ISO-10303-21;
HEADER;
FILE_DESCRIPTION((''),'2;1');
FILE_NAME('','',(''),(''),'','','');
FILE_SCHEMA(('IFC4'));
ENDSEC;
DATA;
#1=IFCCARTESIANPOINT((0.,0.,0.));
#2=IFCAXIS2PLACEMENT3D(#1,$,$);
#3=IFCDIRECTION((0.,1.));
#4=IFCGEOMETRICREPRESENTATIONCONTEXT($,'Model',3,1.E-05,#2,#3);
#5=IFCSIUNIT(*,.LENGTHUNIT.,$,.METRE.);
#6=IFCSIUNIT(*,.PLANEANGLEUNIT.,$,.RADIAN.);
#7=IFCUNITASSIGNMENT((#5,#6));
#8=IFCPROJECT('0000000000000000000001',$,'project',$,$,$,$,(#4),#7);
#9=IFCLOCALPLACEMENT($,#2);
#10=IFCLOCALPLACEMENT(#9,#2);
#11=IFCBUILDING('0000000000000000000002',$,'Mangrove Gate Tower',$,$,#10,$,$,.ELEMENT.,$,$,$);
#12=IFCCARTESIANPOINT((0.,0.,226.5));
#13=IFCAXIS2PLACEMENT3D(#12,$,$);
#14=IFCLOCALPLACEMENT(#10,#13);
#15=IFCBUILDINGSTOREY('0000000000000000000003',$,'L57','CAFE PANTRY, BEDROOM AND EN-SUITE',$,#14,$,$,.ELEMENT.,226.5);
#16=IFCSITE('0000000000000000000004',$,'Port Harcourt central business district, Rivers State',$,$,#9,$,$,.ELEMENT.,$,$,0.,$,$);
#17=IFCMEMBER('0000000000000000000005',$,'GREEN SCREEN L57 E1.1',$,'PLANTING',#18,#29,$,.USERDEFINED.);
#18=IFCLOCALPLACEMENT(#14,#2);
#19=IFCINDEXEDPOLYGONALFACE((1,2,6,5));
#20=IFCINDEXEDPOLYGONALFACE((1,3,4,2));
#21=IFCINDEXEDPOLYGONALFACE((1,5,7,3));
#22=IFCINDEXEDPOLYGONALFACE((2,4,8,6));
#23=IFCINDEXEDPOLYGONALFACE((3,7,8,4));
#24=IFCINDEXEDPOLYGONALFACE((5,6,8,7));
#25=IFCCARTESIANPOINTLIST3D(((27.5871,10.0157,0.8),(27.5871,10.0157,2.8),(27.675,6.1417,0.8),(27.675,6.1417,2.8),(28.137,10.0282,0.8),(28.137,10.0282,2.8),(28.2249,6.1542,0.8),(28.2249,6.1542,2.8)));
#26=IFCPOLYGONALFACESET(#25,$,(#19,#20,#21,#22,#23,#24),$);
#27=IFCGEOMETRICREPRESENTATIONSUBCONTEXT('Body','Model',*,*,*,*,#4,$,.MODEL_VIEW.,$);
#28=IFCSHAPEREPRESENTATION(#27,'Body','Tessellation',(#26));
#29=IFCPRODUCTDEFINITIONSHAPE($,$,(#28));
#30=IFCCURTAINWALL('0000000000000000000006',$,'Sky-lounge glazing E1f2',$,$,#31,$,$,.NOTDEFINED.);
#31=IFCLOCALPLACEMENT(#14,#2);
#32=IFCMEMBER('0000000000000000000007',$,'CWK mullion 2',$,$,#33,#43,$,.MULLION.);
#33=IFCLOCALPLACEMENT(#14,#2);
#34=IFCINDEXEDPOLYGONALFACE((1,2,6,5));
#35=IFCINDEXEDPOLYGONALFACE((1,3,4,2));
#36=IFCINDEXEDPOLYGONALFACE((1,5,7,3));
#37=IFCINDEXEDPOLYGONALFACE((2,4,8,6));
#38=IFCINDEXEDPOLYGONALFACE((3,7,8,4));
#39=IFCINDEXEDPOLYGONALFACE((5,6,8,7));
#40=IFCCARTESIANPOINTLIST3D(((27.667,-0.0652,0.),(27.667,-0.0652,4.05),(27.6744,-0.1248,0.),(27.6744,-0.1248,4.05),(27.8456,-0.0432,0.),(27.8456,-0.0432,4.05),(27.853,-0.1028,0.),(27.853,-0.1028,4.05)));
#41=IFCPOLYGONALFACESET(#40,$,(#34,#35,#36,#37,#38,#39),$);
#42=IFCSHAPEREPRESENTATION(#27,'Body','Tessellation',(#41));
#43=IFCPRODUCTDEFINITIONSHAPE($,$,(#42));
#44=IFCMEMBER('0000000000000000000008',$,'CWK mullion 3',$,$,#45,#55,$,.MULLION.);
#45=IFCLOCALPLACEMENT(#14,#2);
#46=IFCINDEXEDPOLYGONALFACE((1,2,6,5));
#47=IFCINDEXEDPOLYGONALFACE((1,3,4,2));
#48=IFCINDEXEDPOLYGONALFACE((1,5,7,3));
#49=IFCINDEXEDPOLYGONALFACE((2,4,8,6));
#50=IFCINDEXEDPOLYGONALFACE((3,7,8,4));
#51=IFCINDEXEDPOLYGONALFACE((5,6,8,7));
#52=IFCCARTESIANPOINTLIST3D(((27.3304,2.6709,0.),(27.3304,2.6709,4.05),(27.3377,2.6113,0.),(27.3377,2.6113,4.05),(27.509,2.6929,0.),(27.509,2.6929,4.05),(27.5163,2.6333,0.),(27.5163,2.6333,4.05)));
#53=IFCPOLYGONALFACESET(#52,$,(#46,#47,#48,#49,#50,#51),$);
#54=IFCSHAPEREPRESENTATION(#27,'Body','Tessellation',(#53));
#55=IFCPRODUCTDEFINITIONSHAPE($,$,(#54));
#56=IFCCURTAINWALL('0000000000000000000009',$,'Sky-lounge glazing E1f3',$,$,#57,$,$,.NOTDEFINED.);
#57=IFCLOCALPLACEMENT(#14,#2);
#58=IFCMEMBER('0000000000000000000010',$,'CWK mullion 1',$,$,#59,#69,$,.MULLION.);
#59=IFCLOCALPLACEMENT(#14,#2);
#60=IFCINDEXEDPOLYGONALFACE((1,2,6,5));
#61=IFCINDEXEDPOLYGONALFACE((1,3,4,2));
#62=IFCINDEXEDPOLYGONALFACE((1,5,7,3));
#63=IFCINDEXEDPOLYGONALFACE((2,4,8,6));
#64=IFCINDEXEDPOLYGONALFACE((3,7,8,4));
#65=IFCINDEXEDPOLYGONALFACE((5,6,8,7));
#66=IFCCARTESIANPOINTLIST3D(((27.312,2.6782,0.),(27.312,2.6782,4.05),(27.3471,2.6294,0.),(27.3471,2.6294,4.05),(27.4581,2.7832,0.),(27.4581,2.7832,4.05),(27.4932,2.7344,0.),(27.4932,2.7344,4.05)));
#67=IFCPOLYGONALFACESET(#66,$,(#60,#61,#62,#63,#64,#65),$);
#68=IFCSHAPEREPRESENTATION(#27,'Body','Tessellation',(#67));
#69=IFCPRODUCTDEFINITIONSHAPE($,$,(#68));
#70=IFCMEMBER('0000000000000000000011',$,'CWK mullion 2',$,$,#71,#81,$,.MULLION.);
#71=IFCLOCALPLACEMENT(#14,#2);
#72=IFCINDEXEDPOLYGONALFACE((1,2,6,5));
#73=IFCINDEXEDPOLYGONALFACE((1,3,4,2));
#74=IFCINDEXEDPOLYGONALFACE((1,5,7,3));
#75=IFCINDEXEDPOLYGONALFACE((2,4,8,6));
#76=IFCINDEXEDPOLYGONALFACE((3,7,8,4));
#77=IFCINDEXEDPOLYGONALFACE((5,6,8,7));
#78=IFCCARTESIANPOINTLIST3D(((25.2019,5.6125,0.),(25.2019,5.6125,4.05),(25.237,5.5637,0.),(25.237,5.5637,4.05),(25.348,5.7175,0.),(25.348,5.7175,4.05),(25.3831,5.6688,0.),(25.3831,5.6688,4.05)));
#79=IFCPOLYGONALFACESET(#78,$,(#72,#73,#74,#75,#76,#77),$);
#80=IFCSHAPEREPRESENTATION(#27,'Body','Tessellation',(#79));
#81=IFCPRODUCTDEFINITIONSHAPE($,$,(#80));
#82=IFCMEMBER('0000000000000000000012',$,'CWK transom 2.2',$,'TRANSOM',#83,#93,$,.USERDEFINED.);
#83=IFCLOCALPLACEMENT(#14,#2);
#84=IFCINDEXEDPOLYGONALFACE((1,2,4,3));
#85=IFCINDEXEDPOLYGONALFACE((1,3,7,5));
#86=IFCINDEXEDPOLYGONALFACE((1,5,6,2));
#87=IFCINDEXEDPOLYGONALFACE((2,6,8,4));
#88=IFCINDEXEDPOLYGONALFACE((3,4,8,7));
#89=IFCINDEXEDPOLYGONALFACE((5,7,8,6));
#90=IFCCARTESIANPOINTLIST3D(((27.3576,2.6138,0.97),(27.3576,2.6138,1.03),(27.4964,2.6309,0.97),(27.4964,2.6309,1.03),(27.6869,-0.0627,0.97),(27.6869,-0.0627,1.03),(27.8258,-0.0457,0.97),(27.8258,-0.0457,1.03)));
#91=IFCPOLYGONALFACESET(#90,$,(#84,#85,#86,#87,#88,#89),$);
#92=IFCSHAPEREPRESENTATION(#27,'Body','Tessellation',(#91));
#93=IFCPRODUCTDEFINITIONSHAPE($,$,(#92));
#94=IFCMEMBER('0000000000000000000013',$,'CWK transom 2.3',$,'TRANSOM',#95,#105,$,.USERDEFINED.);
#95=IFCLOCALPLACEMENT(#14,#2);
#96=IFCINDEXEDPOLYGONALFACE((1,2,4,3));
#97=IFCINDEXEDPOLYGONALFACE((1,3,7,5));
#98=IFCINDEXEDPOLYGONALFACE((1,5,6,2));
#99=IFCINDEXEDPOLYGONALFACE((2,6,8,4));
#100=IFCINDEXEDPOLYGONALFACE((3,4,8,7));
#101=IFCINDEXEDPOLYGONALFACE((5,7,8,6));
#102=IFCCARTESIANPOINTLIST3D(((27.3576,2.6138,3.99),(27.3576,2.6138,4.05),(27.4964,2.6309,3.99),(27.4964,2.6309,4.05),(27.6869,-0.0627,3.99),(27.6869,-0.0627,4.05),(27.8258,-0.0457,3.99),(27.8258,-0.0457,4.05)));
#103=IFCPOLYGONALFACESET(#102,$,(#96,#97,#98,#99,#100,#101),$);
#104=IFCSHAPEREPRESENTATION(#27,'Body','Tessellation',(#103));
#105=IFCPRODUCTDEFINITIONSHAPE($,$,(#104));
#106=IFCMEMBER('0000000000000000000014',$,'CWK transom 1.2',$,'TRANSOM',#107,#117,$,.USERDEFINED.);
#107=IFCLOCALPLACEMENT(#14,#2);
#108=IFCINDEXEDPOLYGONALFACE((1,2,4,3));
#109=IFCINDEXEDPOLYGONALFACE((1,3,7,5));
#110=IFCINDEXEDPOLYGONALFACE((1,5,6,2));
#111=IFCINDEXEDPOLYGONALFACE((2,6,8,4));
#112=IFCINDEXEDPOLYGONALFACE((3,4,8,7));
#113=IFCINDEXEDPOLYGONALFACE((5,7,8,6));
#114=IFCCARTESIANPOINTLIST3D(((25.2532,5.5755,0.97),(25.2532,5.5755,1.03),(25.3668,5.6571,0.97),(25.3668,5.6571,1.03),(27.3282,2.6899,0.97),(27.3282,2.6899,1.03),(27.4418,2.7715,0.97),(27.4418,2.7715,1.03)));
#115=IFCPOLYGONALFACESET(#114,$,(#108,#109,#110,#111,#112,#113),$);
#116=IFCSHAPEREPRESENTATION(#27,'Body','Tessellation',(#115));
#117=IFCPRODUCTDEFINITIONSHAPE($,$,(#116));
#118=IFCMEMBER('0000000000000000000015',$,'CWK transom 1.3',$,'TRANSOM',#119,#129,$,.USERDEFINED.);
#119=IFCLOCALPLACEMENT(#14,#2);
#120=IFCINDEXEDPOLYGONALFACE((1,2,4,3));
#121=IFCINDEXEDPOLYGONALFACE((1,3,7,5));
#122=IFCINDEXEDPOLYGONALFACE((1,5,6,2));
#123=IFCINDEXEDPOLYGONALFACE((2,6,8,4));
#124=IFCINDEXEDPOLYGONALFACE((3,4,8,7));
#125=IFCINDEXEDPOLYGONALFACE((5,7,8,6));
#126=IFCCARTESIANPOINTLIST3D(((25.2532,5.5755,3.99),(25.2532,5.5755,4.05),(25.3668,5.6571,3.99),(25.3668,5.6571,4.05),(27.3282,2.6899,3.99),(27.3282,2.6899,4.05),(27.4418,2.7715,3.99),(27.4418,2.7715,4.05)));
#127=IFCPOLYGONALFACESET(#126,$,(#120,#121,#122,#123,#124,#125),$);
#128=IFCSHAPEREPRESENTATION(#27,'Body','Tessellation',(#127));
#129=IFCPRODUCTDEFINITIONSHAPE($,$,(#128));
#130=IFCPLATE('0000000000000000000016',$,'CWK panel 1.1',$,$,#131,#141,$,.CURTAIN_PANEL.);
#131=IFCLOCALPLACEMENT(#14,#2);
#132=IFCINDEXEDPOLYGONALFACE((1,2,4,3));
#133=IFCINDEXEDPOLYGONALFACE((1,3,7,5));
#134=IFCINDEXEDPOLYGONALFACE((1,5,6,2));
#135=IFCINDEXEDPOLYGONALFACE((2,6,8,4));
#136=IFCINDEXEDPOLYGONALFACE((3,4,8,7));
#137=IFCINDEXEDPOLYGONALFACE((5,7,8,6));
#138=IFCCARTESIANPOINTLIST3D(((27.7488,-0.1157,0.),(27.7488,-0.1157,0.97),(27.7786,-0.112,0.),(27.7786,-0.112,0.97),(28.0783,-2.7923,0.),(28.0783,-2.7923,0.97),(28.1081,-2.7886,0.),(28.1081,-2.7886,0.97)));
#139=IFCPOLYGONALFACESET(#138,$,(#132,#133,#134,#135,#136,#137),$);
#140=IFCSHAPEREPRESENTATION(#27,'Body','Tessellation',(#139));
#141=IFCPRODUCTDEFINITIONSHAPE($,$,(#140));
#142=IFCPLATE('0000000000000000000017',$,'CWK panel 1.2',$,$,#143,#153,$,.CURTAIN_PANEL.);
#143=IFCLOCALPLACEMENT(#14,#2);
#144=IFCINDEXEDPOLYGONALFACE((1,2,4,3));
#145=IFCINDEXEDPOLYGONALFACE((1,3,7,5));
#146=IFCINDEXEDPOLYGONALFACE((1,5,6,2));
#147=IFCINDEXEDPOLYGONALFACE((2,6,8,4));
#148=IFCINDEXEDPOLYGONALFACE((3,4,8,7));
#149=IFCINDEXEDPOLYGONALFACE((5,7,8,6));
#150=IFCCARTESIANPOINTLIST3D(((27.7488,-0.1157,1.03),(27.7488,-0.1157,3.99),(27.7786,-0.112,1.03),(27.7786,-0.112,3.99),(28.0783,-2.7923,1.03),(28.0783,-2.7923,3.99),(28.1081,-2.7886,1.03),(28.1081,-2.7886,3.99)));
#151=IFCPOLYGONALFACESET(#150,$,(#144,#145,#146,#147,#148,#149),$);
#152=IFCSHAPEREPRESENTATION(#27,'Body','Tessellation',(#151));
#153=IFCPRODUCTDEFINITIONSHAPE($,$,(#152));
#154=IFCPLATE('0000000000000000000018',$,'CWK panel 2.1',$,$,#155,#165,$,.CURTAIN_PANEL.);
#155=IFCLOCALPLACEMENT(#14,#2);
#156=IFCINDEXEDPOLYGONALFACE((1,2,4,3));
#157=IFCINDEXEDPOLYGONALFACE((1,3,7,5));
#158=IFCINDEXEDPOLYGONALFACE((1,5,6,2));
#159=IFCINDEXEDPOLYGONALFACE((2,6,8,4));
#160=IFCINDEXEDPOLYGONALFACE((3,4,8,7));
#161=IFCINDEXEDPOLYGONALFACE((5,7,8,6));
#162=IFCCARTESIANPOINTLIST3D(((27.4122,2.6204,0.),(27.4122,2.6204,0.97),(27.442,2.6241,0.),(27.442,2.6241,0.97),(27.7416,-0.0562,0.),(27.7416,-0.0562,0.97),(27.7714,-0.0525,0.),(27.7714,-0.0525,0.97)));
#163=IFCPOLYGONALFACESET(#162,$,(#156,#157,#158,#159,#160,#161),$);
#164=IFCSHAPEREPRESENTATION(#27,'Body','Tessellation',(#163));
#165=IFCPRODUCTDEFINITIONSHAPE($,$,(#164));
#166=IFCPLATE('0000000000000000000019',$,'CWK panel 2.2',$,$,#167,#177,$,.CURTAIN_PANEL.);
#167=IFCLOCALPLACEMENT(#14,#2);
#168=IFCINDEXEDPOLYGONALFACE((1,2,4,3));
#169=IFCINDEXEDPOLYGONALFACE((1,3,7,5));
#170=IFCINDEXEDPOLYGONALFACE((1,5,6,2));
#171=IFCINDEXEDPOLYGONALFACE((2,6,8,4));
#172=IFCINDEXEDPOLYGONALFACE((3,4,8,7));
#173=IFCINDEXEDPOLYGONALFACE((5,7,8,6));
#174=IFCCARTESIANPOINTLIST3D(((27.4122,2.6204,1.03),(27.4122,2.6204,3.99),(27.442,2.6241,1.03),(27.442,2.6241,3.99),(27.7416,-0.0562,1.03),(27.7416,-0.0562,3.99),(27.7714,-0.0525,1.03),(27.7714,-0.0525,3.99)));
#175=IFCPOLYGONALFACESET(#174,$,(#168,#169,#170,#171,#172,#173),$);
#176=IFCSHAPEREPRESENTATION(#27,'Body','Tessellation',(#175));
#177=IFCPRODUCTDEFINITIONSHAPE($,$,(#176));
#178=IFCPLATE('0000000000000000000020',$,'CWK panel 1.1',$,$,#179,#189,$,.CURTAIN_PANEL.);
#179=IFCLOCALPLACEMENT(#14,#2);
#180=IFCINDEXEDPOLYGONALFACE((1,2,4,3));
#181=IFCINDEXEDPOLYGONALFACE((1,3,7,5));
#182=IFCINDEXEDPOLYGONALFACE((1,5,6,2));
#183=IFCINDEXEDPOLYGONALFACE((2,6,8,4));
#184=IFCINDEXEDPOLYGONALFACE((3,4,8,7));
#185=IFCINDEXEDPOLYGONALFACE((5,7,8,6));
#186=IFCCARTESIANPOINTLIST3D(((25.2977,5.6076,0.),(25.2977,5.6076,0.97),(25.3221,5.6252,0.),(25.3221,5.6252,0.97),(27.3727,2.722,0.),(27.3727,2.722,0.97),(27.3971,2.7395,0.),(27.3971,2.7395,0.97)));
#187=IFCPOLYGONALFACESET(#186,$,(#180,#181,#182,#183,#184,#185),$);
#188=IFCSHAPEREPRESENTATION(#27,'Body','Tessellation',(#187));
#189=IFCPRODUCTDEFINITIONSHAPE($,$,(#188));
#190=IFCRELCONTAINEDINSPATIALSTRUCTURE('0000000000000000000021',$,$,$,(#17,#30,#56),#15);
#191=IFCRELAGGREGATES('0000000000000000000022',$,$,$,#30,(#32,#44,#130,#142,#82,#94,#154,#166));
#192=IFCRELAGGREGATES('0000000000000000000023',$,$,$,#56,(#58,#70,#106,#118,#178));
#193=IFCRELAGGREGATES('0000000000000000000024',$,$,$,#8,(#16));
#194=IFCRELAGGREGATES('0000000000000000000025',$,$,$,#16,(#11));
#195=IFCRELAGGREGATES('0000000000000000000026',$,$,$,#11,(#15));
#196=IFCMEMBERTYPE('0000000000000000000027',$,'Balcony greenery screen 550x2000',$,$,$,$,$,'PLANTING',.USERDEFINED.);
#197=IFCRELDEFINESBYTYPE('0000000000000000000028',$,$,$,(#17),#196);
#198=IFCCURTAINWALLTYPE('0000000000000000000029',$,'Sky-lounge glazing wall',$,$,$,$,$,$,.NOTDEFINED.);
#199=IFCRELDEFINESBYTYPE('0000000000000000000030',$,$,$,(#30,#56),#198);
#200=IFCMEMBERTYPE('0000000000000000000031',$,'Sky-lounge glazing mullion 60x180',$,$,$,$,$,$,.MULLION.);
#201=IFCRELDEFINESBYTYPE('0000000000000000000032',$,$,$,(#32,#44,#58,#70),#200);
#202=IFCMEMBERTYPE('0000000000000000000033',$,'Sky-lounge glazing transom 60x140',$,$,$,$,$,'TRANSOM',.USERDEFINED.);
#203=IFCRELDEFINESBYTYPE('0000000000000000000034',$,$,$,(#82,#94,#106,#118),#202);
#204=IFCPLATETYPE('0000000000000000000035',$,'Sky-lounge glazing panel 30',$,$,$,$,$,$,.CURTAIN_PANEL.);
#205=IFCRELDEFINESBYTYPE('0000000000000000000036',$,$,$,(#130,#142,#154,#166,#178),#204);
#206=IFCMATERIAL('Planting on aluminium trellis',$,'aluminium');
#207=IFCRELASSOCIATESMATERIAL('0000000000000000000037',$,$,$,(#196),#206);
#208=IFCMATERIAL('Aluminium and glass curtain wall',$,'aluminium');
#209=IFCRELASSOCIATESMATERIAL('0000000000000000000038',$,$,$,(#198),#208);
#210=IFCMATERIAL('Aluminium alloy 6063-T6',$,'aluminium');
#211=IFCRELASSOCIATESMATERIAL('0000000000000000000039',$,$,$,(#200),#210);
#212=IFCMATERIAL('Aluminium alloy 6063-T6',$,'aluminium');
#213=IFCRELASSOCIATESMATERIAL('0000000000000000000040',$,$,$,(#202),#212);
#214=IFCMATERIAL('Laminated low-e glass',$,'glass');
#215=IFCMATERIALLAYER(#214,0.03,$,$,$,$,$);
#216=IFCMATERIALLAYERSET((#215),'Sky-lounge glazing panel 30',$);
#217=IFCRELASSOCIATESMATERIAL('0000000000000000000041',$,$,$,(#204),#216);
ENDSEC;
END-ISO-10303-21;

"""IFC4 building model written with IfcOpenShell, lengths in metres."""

from ifc_helpers import new_model, si_unit, direction, frame, origin, origin_2d, place, context, subcontext, project, spatial, rectangle, extrude, material, layer, layer_set, material_profile, profile_set, type_object, element, aggregate, save


model = new_model("IFC4")

# Units and contexts
model_context = context("Model", 3, precision=1e-05, world=origin(), true_north=direction((0.0, 1.0)))
body_context = subcontext(model_context, "Body", "Model", "MODEL_VIEW")
ifc_project = project(units=[si_unit("LENGTHUNIT", "METRE"), si_unit("PLANEANGLEUNIT", "RADIAN")], contexts=[model_context])

# Site, building, storey
site_placement = place(None, origin())
site = spatial("IfcSite", under=ifc_project, at=site_placement, Name="Port Harcourt central business district, Rivers State", CompositionType="ELEMENT", RefElevation=0.0)
building_placement = place(site_placement, origin())
building = spatial("IfcBuilding", under=site, at=building_placement, Name="Mangrove Gate Tower", CompositionType="ELEMENT")
storey_placement = place(building_placement, frame((0.0, 0.0, 226.5)))
storey = spatial("IfcBuildingStorey", under=building, at=storey_placement, Name="L57", Description="CAFE PANTRY, BEDROOM AND EN-SUITE", CompositionType="ELEMENT", Elevation=226.5)

# Member
ifc_material_1 = material(Name="Planting on aluminium trellis", Category="aluminium")
ifc_material_profile_1 = material_profile(ifc_material_1, rectangle(XDim=0.55, YDim=2.0, at=origin_2d()))
ifc_profile_set_1 = profile_set([ifc_material_profile_1], Name="Planting on aluminium trellis")
member_type_1 = type_object("IfcMemberType", Name="Balcony greenery screen 550x2000", ElementType="PLANTING", PredefinedType="USERDEFINED", material=ifc_profile_set_1)
member_1_placement = place(storey_placement, frame((27.95, 6.1479, 1.8), z_axis=(-0.022681, 0.999743, 0.0), x_axis=(-0.999743, -0.022681, 0.0)))
element("IfcMember", 1, at=member_1_placement, inside=storey, type_object=member_type_1, Name="GREEN SCREEN L57 E1.1", ObjectType="PLANTING", PredefinedType="USERDEFINED", context=body_context, shape_type="SweptSolid", body=[
    extrude(rectangle(XDim=0.55, YDim=2.0, at=origin_2d()), origin(), (0.0, 0.0, 1.0), 3.875),
])

# Curtain walls, members
ifc_material_2 = material(Name="Aluminium and glass curtain wall", Category="aluminium")
curtain_wall_type = type_object("IfcCurtainWallType", Name="Sky-lounge glazing wall", PredefinedType="NOTDEFINED", material=ifc_material_2)
curtain_wall_1_placement = place(storey_placement, origin())
curtain_wall_1 = element("IfcCurtainWall", 2, at=curtain_wall_1_placement, inside=storey, type_object=curtain_wall_type, Name="Sky-lounge glazing E1f2", PredefinedType="NOTDEFINED")
ifc_material_3 = material(Name="Aluminium alloy 6063-T6", Category="aluminium")
ifc_material_profile_2 = material_profile(ifc_material_3, rectangle(XDim=0.0601, YDim=0.1799, at=origin_2d()))
ifc_profile_set_2 = profile_set([ifc_material_profile_2], Name="Aluminium alloy 6063-T6")
member_type_2 = type_object("IfcMemberType", Name="Sky-lounge glazing mullion 60x180", PredefinedType="MULLION", material=ifc_profile_set_2)
member_2_placement = place(storey_placement, frame((27.76, -0.084, 0.0), z_axis=(0.0, 0.0, 1.0), x_axis=(-0.122172, 0.992509, 0.0)))
member_2 = element("IfcMember", 3, at=member_2_placement, type_object=member_type_2, Name="CWK mullion 2", PredefinedType="MULLION", context=body_context, shape_type="SweptSolid", body=[
    extrude(rectangle(XDim=0.0601, YDim=0.1799, at=origin_2d()), origin(), (0.0, 0.0, 1.0), 4.05),
])
member_3_placement = place(storey_placement, frame((27.4233, 2.6521, 0.0), z_axis=(0.0, 0.0, 1.0), x_axis=(-0.122172, 0.992509, 0.0)))
member_3 = element("IfcMember", 4, at=member_3_placement, type_object=member_type_2, Name="CWK mullion 3", PredefinedType="MULLION", context=body_context, shape_type="SweptSolid", body=[
    extrude(rectangle(XDim=0.0601, YDim=0.1799, at=origin_2d()), origin(), (0.0, 0.0, 1.0), 4.05),
])
curtain_wall_2_placement = place(storey_placement, origin())
curtain_wall_2 = element("IfcCurtainWall", 5, at=curtain_wall_2_placement, inside=storey, type_object=curtain_wall_type, Name="Sky-lounge glazing E1f3", PredefinedType="NOTDEFINED")
member_4_placement = place(storey_placement, frame((27.4026, 2.7063, 0.0), z_axis=(0.0, 0.0, 1.0), x_axis=(-0.58381, 0.81189, 0.0)))
member_4 = element("IfcMember", 6, at=member_4_placement, type_object=member_type_2, Name="CWK mullion 1", PredefinedType="MULLION", context=body_context, shape_type="SweptSolid", body=[
    extrude(rectangle(XDim=0.0601, YDim=0.1799, at=origin_2d()), origin(), (0.0, 0.0, 1.0), 4.05),
])
member_5_placement = place(storey_placement, frame((25.2925, 5.6406, 0.0), z_axis=(0.0, 0.0, 1.0), x_axis=(-0.58381, 0.81189, 0.0)))
member_5 = element("IfcMember", 7, at=member_5_placement, type_object=member_type_2, Name="CWK mullion 2", PredefinedType="MULLION", context=body_context, shape_type="SweptSolid", body=[
    extrude(rectangle(XDim=0.0601, YDim=0.1799, at=origin_2d()), origin(), (0.0, 0.0, 1.0), 4.05),
])

# Members
ifc_material_4 = material(Name="Aluminium alloy 6063-T6", Category="aluminium")
ifc_material_profile_3 = material_profile(ifc_material_4, rectangle(XDim=0.0601, YDim=0.1399, at=origin_2d()))
ifc_profile_set_3 = profile_set([ifc_material_profile_3], Name="Aluminium alloy 6063-T6")
member_type_3 = type_object("IfcMemberType", Name="Sky-lounge glazing transom 60x140", ElementType="TRANSOM", PredefinedType="USERDEFINED", material=ifc_profile_set_3)
member_6_placement = place(storey_placement, frame((27.7563, -0.0542, 1.0), z_axis=(-0.122129, 0.992514, 0.0), x_axis=(0.0, 0.0, 1.0)))
member_6 = element("IfcMember", 8, at=member_6_placement, type_object=member_type_3, Name="CWK transom 2.2", ObjectType="TRANSOM", PredefinedType="USERDEFINED", context=body_context, shape_type="SweptSolid", body=[
    extrude(rectangle(XDim=0.0601, YDim=0.1399, at=origin_2d()), origin(), (0.0, 0.0, 1.0), 2.6968),
])
member_7_placement = place(storey_placement, frame((27.7563, -0.0542, 4.02), z_axis=(-0.122129, 0.992514, 0.0), x_axis=(0.0, 0.0, 1.0)))
member_7 = element("IfcMember", 9, at=member_7_placement, type_object=member_type_3, Name="CWK transom 2.3", ObjectType="TRANSOM", PredefinedType="USERDEFINED", context=body_context, shape_type="SweptSolid", body=[
    extrude(rectangle(XDim=0.0601, YDim=0.1399, at=origin_2d()), origin(), (0.0, 0.0, 1.0), 2.6968),
])
member_8_placement = place(storey_placement, frame((27.385, 2.7307, 1.0), z_axis=(-0.583821, 0.811882, 0.0), x_axis=(0.0, 0.0, 1.0)))
member_8 = element("IfcMember", 10, at=member_8_placement, type_object=member_type_3, Name="CWK transom 1.2", ObjectType="TRANSOM", PredefinedType="USERDEFINED", context=body_context, shape_type="SweptSolid", body=[
    extrude(rectangle(XDim=0.0601, YDim=0.1399, at=origin_2d()), origin(), (0.0, 0.0, 1.0), 3.5542),
])
member_9_placement = place(storey_placement, frame((27.385, 2.7307, 4.02), z_axis=(-0.583821, 0.811882, 0.0), x_axis=(0.0, 0.0, 1.0)))
member_9 = element("IfcMember", 11, at=member_9_placement, type_object=member_type_3, Name="CWK transom 1.3", ObjectType="TRANSOM", PredefinedType="USERDEFINED", context=body_context, shape_type="SweptSolid", body=[
    extrude(rectangle(XDim=0.0601, YDim=0.1399, at=origin_2d()), origin(), (0.0, 0.0, 1.0), 3.5542),
])

# Plates
ifc_material_5 = material(Name="Laminated low-e glass", Category="glass")
ifc_layer_1 = layer(ifc_material_5, 0.03)
ifc_layer_set_1 = layer_set([ifc_layer_1], Name="Sky-lounge glazing panel 30")
plate_type = type_object("IfcPlateType", Name="Sky-lounge glazing panel 30", PredefinedType="CURTAIN_PANEL", material=ifc_layer_set_1)
plate_1_placement = place(storey_placement, frame((27.9285, -1.4521, 0.0), z_axis=(0.0, 0.0, 1.0), x_axis=(-0.122172, 0.992509, 0.0)))
plate_1 = element("IfcPlate", 12, at=plate_1_placement, type_object=plate_type, Name="CWK panel 1.1", PredefinedType="CURTAIN_PANEL", context=body_context, shape_type="SweptSolid", body=[
    extrude(rectangle(XDim=2.6968, YDim=0.03, at=origin_2d()), origin(), (0.0, 0.0, 1.0), 0.97),
])
plate_2_placement = place(storey_placement, frame((27.9285, -1.4521, 1.03), z_axis=(0.0, 0.0, 1.0), x_axis=(-0.122172, 0.992509, 0.0)))
plate_2 = element("IfcPlate", 13, at=plate_2_placement, type_object=plate_type, Name="CWK panel 1.2", PredefinedType="CURTAIN_PANEL", context=body_context, shape_type="SweptSolid", body=[
    extrude(rectangle(XDim=2.6968, YDim=0.03, at=origin_2d()), origin(), (0.0, 0.0, 1.0), 2.96),
])
plate_3_placement = place(storey_placement, frame((27.5918, 1.2839, 0.0), z_axis=(0.0, 0.0, 1.0), x_axis=(-0.122172, 0.992509, 0.0)))
plate_3 = element("IfcPlate", 14, at=plate_3_placement, type_object=plate_type, Name="CWK panel 2.1", PredefinedType="CURTAIN_PANEL", context=body_context, shape_type="SweptSolid", body=[
    extrude(rectangle(XDim=2.6968, YDim=0.03, at=origin_2d()), origin(), (0.0, 0.0, 1.0), 0.97),
])
plate_4_placement = place(storey_placement, frame((27.5918, 1.2839, 1.03), z_axis=(0.0, 0.0, 1.0), x_axis=(-0.122172, 0.992509, 0.0)))
plate_4 = element("IfcPlate", 15, at=plate_4_placement, type_object=plate_type, Name="CWK panel 2.2", PredefinedType="CURTAIN_PANEL", context=body_context, shape_type="SweptSolid", body=[
    extrude(rectangle(XDim=2.6968, YDim=0.03, at=origin_2d()), origin(), (0.0, 0.0, 1.0), 2.96),
])
aggregate(curtain_wall_1, [member_2, member_3, plate_1, plate_2, member_6, member_7, plate_3, plate_4])
plate_5_placement = place(storey_placement, frame((26.3474, 4.1736, 0.0), z_axis=(0.0, 0.0, 1.0), x_axis=(-0.58381, 0.81189, 0.0)))
plate_5 = element("IfcPlate", 16, at=plate_5_placement, type_object=plate_type, Name="CWK panel 1.1", PredefinedType="CURTAIN_PANEL", context=body_context, shape_type="SweptSolid", body=[
    extrude(rectangle(XDim=3.5542, YDim=0.03, at=origin_2d()), origin(), (0.0, 0.0, 1.0), 0.97),
])
aggregate(curtain_wall_2, [member_4, member_5, member_8, member_9, plate_5])

save(model, "model.ifc")
